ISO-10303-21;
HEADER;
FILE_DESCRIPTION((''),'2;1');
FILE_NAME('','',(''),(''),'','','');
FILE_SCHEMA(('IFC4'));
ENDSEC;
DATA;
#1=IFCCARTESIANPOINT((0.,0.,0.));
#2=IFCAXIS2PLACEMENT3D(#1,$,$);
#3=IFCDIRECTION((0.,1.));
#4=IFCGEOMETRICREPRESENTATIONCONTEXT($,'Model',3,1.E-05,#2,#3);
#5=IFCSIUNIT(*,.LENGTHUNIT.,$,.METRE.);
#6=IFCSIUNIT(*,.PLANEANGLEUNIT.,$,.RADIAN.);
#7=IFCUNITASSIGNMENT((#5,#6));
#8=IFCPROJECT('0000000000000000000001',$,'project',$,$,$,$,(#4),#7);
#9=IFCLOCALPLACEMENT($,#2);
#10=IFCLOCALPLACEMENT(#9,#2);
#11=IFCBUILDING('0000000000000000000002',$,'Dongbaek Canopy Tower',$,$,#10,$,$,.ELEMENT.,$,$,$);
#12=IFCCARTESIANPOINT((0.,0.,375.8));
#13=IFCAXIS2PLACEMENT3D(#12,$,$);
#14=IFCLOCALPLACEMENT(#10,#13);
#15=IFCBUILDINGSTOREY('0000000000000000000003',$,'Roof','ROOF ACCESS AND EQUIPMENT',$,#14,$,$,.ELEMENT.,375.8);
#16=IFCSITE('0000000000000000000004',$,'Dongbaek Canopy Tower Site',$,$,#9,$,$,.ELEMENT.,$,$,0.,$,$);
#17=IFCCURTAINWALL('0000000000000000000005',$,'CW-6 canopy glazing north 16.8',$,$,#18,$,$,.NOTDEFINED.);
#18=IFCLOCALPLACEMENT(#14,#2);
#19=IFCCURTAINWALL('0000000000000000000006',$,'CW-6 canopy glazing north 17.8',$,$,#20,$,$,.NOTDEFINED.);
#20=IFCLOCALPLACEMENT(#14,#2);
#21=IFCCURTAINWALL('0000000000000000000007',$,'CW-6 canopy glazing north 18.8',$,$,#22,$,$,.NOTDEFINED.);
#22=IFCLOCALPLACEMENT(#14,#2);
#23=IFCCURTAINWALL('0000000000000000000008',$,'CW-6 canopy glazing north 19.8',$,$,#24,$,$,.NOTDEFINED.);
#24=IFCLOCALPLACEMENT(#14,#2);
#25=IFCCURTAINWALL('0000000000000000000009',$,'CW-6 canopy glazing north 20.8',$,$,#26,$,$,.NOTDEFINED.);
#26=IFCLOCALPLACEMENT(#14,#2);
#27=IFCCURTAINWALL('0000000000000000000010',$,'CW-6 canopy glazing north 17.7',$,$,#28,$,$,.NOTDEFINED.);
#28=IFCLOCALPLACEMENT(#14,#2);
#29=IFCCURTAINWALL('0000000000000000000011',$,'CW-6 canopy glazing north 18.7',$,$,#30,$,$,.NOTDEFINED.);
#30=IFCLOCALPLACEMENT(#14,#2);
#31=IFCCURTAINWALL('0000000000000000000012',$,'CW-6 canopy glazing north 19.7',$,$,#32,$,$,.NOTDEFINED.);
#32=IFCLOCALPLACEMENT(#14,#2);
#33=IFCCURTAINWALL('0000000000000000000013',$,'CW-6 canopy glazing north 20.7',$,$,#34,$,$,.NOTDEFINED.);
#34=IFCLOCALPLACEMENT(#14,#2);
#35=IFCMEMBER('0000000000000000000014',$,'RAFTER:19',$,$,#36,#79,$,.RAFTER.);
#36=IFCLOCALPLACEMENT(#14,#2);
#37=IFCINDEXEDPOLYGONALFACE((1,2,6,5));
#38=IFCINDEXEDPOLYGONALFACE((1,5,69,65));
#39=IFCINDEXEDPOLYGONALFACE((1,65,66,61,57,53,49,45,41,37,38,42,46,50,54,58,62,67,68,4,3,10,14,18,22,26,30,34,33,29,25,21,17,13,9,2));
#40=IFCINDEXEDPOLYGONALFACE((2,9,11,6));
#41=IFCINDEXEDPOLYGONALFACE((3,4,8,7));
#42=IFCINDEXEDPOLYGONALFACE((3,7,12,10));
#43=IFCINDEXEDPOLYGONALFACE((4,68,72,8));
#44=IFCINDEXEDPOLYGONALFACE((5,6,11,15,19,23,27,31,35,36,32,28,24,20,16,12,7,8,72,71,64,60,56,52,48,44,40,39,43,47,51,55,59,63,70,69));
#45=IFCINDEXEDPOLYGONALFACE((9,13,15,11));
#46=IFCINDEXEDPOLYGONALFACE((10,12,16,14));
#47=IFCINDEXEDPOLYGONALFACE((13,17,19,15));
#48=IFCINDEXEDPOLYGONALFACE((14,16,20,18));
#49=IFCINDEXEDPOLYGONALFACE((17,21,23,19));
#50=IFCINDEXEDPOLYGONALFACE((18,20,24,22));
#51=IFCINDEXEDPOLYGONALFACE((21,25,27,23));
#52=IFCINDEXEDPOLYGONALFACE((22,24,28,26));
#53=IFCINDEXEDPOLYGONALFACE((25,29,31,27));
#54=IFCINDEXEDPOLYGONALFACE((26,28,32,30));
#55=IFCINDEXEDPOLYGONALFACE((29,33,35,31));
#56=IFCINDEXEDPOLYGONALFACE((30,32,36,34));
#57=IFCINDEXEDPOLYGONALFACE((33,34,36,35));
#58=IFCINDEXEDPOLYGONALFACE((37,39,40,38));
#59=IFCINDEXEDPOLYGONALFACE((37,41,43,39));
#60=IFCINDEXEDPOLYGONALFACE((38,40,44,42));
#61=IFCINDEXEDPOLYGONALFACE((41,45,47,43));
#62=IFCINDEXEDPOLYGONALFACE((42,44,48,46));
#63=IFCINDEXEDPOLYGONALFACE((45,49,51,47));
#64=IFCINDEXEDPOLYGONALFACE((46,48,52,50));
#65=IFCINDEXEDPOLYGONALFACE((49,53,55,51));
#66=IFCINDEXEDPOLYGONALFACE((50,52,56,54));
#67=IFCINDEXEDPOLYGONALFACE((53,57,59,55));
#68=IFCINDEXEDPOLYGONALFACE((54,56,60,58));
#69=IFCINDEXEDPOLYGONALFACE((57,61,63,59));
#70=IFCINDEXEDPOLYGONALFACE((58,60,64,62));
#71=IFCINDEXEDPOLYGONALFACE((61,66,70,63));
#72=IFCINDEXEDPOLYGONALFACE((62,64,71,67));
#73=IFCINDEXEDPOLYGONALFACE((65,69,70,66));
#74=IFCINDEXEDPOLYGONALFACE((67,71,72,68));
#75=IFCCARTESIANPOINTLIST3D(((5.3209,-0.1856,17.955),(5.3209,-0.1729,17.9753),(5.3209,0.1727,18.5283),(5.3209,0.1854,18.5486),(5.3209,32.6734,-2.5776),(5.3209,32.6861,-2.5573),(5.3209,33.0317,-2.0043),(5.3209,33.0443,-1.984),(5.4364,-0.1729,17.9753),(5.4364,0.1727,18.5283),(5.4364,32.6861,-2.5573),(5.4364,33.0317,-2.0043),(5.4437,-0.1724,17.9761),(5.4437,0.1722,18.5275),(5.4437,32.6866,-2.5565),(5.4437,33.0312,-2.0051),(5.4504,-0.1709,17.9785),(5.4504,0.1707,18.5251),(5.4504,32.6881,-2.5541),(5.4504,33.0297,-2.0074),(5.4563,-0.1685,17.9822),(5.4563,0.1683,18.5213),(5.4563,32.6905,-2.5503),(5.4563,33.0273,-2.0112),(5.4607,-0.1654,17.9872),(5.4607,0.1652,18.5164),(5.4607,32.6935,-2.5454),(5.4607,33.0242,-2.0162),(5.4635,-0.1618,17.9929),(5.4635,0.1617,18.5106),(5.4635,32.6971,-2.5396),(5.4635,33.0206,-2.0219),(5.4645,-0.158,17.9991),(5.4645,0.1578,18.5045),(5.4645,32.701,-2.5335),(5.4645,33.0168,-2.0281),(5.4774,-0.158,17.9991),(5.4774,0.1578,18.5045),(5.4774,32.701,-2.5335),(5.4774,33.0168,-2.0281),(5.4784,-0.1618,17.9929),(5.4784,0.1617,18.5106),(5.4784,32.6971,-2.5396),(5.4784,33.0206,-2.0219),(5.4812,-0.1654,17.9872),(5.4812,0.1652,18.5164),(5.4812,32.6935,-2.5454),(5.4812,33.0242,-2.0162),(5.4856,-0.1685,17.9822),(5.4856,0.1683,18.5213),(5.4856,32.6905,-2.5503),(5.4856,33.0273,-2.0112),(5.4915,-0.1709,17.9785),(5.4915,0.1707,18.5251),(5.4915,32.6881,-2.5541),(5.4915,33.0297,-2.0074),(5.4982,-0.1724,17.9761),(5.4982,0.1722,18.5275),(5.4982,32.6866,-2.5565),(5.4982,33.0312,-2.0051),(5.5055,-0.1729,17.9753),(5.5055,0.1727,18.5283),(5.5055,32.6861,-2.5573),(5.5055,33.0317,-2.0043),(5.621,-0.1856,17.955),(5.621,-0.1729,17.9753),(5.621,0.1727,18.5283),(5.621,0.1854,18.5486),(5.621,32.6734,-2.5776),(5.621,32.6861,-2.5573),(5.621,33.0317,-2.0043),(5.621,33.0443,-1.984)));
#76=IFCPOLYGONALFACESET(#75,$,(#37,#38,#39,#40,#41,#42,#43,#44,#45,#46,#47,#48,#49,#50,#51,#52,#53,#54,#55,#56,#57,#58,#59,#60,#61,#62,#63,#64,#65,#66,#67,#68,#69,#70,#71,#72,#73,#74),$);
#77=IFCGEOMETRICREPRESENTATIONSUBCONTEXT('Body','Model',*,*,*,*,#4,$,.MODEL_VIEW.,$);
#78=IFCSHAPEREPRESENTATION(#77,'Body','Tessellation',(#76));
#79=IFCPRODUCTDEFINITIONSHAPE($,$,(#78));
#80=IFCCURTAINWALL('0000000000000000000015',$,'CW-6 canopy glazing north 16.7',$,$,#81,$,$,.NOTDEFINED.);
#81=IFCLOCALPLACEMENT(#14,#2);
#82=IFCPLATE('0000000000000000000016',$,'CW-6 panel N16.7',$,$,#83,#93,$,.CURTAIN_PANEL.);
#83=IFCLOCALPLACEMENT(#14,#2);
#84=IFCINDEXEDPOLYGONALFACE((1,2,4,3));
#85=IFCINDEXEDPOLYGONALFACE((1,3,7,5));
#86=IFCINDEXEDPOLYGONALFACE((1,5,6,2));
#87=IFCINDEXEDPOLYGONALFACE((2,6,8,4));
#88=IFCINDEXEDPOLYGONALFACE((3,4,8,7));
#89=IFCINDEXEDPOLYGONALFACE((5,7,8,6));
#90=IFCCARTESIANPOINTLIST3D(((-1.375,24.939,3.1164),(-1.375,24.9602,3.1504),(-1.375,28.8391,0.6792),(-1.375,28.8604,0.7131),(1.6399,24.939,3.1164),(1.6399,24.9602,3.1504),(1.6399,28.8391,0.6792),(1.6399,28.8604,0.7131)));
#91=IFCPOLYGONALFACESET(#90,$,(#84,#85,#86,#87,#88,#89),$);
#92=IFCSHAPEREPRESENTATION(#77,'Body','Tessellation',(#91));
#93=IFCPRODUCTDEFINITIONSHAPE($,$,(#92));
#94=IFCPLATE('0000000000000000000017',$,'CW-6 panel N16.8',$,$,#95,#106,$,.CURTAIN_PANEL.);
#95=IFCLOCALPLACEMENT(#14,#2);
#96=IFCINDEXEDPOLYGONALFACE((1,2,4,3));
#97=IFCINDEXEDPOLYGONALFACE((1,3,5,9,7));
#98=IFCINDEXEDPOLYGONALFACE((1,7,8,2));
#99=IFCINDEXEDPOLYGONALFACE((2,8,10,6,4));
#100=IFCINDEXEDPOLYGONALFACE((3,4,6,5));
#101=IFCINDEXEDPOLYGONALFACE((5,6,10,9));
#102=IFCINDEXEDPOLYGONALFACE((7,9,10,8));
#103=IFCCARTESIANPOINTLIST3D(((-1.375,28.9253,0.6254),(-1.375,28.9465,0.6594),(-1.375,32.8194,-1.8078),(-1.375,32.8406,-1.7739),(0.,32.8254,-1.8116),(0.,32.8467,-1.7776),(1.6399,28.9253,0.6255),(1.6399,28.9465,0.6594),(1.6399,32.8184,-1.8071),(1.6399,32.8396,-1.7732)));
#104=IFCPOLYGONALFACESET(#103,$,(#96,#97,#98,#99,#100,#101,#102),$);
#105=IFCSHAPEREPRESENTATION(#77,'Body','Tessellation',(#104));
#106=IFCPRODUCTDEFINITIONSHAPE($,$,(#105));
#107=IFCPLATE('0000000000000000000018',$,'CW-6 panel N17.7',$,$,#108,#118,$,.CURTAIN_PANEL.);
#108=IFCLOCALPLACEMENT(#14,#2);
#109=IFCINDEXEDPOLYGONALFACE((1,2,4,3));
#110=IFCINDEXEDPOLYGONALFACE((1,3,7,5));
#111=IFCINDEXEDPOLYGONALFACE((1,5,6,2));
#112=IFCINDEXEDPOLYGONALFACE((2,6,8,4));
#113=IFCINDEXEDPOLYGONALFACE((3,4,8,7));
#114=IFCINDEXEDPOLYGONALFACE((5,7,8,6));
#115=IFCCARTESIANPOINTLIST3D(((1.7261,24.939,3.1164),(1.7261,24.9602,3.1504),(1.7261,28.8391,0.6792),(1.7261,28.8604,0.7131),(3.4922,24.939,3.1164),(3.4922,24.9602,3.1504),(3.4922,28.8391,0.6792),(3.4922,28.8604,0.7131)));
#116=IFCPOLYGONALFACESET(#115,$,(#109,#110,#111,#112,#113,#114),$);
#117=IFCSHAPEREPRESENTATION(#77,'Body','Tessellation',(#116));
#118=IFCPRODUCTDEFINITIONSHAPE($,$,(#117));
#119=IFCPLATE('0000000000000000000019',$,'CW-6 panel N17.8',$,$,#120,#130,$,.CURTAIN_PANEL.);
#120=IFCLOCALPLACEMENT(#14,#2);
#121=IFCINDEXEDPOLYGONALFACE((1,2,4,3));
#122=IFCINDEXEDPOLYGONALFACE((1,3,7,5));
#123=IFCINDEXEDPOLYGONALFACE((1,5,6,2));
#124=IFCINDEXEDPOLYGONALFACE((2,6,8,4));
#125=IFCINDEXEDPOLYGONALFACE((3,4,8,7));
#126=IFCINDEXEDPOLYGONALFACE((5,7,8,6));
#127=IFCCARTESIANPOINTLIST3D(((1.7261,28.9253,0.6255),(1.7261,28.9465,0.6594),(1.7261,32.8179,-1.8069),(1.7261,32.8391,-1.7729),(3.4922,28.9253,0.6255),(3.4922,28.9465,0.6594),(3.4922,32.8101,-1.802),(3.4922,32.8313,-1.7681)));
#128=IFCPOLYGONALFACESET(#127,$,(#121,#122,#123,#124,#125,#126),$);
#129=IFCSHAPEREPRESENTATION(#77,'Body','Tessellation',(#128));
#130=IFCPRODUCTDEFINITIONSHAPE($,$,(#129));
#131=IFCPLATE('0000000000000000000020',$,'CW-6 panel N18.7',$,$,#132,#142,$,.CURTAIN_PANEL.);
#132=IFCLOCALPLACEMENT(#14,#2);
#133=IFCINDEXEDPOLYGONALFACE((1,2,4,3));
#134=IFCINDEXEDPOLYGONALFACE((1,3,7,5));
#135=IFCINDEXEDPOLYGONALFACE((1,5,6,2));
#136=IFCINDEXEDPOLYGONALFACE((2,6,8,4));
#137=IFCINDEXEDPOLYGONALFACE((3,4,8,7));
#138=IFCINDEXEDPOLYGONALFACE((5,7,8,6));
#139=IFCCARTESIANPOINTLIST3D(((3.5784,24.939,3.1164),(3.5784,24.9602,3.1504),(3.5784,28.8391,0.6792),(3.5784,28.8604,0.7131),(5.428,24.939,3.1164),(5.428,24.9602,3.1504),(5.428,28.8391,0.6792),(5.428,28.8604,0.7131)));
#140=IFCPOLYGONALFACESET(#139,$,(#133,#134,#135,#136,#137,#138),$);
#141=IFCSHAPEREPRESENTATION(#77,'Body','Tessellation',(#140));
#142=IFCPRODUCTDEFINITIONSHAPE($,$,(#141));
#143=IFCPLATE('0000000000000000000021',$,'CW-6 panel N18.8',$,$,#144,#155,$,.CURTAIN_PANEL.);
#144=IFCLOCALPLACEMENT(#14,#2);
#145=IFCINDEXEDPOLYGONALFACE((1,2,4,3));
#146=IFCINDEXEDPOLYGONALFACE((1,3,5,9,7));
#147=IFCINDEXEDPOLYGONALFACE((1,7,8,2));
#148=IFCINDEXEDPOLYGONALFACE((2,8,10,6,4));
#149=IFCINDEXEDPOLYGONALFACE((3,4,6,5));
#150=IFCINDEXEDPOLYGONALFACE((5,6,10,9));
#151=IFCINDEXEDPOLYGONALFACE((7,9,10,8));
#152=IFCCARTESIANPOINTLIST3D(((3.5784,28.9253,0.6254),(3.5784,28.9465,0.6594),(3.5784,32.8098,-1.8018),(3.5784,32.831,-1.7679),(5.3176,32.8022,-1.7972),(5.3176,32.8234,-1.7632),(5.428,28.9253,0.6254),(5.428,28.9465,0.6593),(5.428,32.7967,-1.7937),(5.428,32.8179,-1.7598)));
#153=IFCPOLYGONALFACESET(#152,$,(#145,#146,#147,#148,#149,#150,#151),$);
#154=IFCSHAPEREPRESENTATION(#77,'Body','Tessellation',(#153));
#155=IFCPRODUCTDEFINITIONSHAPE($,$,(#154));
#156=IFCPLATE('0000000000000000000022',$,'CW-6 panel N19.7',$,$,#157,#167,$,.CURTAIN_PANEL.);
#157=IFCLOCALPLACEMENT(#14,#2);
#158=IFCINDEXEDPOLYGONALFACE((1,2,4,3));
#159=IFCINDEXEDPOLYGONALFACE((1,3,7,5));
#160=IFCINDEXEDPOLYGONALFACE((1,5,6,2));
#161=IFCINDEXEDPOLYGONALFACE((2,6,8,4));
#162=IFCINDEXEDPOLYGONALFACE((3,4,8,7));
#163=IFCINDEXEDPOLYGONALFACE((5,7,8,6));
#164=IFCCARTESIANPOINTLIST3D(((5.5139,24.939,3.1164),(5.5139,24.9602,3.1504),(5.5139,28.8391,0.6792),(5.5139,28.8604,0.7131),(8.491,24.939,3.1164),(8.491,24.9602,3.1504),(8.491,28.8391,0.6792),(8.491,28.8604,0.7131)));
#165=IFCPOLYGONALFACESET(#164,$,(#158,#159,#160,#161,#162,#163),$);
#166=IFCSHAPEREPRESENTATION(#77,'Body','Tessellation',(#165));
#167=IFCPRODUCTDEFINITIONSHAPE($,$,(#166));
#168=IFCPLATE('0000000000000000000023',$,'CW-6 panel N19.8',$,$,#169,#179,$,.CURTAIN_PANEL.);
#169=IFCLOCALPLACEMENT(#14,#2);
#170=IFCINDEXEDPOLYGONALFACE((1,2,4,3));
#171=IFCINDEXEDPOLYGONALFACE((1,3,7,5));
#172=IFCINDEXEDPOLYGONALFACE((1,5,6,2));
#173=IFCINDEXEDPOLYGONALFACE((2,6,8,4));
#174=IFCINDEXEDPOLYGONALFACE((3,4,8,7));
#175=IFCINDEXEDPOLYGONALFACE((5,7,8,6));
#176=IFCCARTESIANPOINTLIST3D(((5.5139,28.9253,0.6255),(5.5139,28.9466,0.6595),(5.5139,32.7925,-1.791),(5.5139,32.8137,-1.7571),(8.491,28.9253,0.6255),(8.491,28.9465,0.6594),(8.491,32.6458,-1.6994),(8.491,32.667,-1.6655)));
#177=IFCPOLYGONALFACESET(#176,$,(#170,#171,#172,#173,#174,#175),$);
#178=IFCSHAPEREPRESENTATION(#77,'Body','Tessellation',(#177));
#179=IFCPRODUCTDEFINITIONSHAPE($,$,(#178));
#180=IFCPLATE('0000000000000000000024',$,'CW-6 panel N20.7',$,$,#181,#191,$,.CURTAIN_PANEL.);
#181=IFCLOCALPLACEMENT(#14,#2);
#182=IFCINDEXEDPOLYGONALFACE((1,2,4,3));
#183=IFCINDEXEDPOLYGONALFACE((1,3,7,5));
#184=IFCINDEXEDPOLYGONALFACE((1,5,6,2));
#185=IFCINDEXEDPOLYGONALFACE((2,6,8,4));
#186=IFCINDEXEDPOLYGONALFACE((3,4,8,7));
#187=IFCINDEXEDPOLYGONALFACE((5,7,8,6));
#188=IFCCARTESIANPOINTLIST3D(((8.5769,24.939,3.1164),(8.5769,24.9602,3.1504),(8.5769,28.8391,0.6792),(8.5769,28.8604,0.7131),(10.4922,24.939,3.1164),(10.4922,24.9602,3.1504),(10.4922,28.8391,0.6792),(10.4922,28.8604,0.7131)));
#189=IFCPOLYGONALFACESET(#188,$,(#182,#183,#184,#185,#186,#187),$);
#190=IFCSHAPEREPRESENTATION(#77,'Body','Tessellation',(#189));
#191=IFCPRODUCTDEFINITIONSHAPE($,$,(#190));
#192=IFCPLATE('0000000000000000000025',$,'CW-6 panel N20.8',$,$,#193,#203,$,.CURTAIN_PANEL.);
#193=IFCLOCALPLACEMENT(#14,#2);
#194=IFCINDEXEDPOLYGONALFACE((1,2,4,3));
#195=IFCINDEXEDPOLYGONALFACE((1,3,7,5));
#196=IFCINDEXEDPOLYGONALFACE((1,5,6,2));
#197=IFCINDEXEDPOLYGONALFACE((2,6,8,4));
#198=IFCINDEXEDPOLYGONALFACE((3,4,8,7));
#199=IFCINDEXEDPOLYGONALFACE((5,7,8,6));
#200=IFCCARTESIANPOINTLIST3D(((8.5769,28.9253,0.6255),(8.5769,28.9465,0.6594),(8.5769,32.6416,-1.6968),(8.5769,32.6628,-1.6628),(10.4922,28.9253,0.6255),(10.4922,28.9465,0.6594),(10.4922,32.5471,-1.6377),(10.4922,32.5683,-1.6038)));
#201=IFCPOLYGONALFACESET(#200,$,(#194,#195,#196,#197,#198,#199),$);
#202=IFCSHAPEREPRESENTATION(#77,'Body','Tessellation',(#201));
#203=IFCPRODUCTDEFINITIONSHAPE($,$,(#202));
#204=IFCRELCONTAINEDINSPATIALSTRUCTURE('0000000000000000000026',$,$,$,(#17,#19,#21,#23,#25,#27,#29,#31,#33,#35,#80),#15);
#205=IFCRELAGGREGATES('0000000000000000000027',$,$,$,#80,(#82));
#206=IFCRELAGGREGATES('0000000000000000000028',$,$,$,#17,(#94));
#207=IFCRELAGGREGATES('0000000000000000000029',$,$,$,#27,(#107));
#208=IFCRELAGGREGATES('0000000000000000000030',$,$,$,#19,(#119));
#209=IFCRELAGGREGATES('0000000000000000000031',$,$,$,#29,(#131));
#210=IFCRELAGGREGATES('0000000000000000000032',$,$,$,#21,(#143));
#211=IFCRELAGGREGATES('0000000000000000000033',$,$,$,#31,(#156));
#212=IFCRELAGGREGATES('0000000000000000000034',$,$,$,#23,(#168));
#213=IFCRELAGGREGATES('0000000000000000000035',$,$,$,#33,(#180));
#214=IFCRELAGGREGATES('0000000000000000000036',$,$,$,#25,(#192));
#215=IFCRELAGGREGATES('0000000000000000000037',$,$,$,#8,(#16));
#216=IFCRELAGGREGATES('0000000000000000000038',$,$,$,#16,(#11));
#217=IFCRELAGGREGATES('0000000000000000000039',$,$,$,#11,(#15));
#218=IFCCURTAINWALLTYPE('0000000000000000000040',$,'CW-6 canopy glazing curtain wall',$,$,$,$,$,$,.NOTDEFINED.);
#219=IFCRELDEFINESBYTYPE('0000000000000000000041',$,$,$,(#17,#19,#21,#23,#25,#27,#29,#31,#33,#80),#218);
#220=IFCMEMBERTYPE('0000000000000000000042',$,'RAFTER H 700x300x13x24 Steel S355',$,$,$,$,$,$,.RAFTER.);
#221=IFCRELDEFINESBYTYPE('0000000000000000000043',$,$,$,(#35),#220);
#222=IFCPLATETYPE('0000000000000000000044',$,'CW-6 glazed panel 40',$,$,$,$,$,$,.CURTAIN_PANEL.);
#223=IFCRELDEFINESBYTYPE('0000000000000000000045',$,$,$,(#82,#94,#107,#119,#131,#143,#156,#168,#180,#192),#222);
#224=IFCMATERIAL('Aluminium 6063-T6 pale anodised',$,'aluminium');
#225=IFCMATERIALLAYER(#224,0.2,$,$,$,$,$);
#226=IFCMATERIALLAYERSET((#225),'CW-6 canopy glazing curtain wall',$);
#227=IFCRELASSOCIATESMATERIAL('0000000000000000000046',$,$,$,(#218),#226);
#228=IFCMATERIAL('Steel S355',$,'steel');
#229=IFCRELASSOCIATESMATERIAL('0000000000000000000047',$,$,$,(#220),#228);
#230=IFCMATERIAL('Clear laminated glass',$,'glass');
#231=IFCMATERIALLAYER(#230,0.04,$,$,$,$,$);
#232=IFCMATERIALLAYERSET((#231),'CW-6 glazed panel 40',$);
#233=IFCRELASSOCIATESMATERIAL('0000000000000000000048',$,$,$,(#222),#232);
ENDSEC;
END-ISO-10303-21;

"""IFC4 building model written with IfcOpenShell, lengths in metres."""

from ifc_helpers import new_model, si_unit, direction, frame, origin, origin_2d, place, context, subcontext, project, spatial, polyline, i_section, outline, extrude, material, layer, layer_set, material_profile, profile_set, type_object, element, aggregate, save


model = new_model("IFC4")

# Units and contexts
model_context = context("Model", 3, precision=1e-05, world=origin(), true_north=direction((0.0, 1.0)))
body_context = subcontext(model_context, "Body", "Model", "MODEL_VIEW")
ifc_project = project(units=[si_unit("LENGTHUNIT", "METRE"), si_unit("PLANEANGLEUNIT", "RADIAN")], contexts=[model_context])

# Site, building, storey
site_placement = place(None, origin())
site = spatial("IfcSite", under=ifc_project, at=site_placement, Name="Dongbaek Canopy Tower Site", CompositionType="ELEMENT", RefElevation=0.0)
building_placement = place(site_placement, origin())
building = spatial("IfcBuilding", under=site, at=building_placement, Name="Dongbaek Canopy Tower", CompositionType="ELEMENT")
storey_placement = place(building_placement, frame((0.0, 0.0, 375.8)))
storey = spatial("IfcBuildingStorey", under=building, at=storey_placement, Name="Roof", Description="ROOF ACCESS AND EQUIPMENT", CompositionType="ELEMENT", Elevation=375.8)

# Curtain walls
ifc_material_1 = material(Name="Aluminium 6063-T6 pale anodised", Category="aluminium")
ifc_layer_1 = layer(ifc_material_1, 0.2)
ifc_layer_set_1 = layer_set([ifc_layer_1], Name="CW-6 canopy glazing curtain wall")
curtain_wall_type = type_object("IfcCurtainWallType", Name="CW-6 canopy glazing curtain wall", PredefinedType="NOTDEFINED", material=ifc_layer_set_1)
curtain_wall_1_placement = place(storey_placement, origin())
curtain_wall_1 = element("IfcCurtainWall", 1, at=curtain_wall_1_placement, inside=storey, type_object=curtain_wall_type, Name="CW-6 canopy glazing north 16.8", PredefinedType="NOTDEFINED")
curtain_wall_2_placement = place(storey_placement, origin())
curtain_wall_2 = element("IfcCurtainWall", 2, at=curtain_wall_2_placement, inside=storey, type_object=curtain_wall_type, Name="CW-6 canopy glazing north 17.8", PredefinedType="NOTDEFINED")
curtain_wall_3_placement = place(storey_placement, origin())
curtain_wall_3 = element("IfcCurtainWall", 3, at=curtain_wall_3_placement, inside=storey, type_object=curtain_wall_type, Name="CW-6 canopy glazing north 18.8", PredefinedType="NOTDEFINED")
curtain_wall_4_placement = place(storey_placement, origin())
curtain_wall_4 = element("IfcCurtainWall", 4, at=curtain_wall_4_placement, inside=storey, type_object=curtain_wall_type, Name="CW-6 canopy glazing north 19.8", PredefinedType="NOTDEFINED")
curtain_wall_5_placement = place(storey_placement, origin())
curtain_wall_5 = element("IfcCurtainWall", 5, at=curtain_wall_5_placement, inside=storey, type_object=curtain_wall_type, Name="CW-6 canopy glazing north 20.8", PredefinedType="NOTDEFINED")
curtain_wall_6_placement = place(storey_placement, origin())
curtain_wall_6 = element("IfcCurtainWall", 6, at=curtain_wall_6_placement, inside=storey, type_object=curtain_wall_type, Name="CW-6 canopy glazing north 17.7", PredefinedType="NOTDEFINED")
curtain_wall_7_placement = place(storey_placement, origin())
curtain_wall_7 = element("IfcCurtainWall", 7, at=curtain_wall_7_placement, inside=storey, type_object=curtain_wall_type, Name="CW-6 canopy glazing north 18.7", PredefinedType="NOTDEFINED")
curtain_wall_8_placement = place(storey_placement, origin())
curtain_wall_8 = element("IfcCurtainWall", 8, at=curtain_wall_8_placement, inside=storey, type_object=curtain_wall_type, Name="CW-6 canopy glazing north 19.7", PredefinedType="NOTDEFINED")
curtain_wall_9_placement = place(storey_placement, origin())
curtain_wall_9 = element("IfcCurtainWall", 9, at=curtain_wall_9_placement, inside=storey, type_object=curtain_wall_type, Name="CW-6 canopy glazing north 20.7", PredefinedType="NOTDEFINED")

# Member
ifc_material_2 = material(Name="Steel S355", Category="steel")
ifc_material_profile_1 = material_profile(ifc_material_2, i_section(OverallWidth=0.3, OverallDepth=0.7, WebThickness=0.0129, FlangeThickness=0.0239, FilletRadius=0.0281, at=origin_2d()), Name="RAFTER H 700x300x13x24 Steel S355")
ifc_profile_set_1 = profile_set([ifc_material_profile_1], Name="Steel S355")
member_type_1 = type_object("IfcMemberType", Name="RAFTER H 700x300x13x24 Steel S355", PredefinedType="RAFTER", material=ifc_profile_set_1)
member_1_placement = place(storey_placement, frame((5.4709, 32.8589, -2.2808), z_axis=(0.0, -0.848049, 0.529919), x_axis=(1.0, 0.0, 0.0)))
element("IfcMember", 10, at=member_1_placement, inside=storey, type_object=member_type_1, Name="RAFTER:19", PredefinedType="RAFTER", context=body_context, shape_type="SweptSolid", body=[
    extrude(i_section(OverallWidth=0.3, OverallDepth=0.7, WebThickness=0.0129, FlangeThickness=0.0239, FilletRadius=0.0281, at=origin_2d()), origin(), (0.0, 0.0, 1.0), 38.7466),
])

# Curtain wall, plate
curtain_wall_10_placement = place(storey_placement, origin())
curtain_wall_10 = element("IfcCurtainWall", 11, at=curtain_wall_10_placement, inside=storey, type_object=curtain_wall_type, Name="CW-6 canopy glazing north 16.7", PredefinedType="NOTDEFINED")
ifc_material_3 = material(Name="Clear laminated glass", Category="glass")
ifc_layer_2 = layer(ifc_material_3, 0.04)
ifc_layer_set_2 = layer_set([ifc_layer_2], Name="CW-6 glazed panel 40")
plate_type = type_object("IfcPlateType", Name="CW-6 glazed panel 40", PredefinedType="CURTAIN_PANEL", material=ifc_layer_set_2)
plate_1_placement = place(storey_placement, frame((1.6399, 24.9602, 3.1504), z_axis=(0.0, 0.529946, 0.848031), x_axis=(-1.0, 0.0, 0.0)))
plate_1 = element("IfcPlate", 12, at=plate_1_placement, type_object=plate_type, Name="CW-6 panel N16.7", PredefinedType="CURTAIN_PANEL", context=body_context, shape_type="SweptSolid", body=[
    extrude(outline(polyline([(0.0, 0.0), (3.0149, 0.0), (3.0149, -4.5991), (0.0, -4.5991), (0.0, 0.0)])), origin(), (0.0, 0.0, -1.0), 0.04),
])
aggregate(curtain_wall_10, [plate_1])

# Plates
plate_2_placement = place(storey_placement, frame((1.6399, 32.8396, -1.7732), z_axis=(-0.000017, 0.529915, 0.848051), x_axis=(0.0, -0.848051, 0.529915)))
plate_2 = element("IfcPlate", 13, at=plate_2_placement, type_object=plate_type, Name="CW-6 panel N16.8", PredefinedType="CURTAIN_PANEL", context=body_context, shape_type="SweptSolid", body=[
    extrude(outline(polyline([(0.0, 0.0), (4.5906, 0.0), (4.5906, -3.0149), (-0.0012, -3.0149), (-0.0083, -1.6399), (0.0, 0.0)])), origin(), (0.0, 0.0, -1.0), 0.04),
])
aggregate(curtain_wall_1, [plate_2])
plate_3_placement = place(storey_placement, frame((3.4922, 24.9602, 3.1504), z_axis=(0.0, 0.529946, 0.848031), x_axis=(-1.0, 0.0, 0.0)))
plate_3 = element("IfcPlate", 14, at=plate_3_placement, type_object=plate_type, Name="CW-6 panel N17.7", PredefinedType="CURTAIN_PANEL", context=body_context, shape_type="SweptSolid", body=[
    extrude(outline(polyline([(0.0, 0.0), (1.7661, 0.0), (1.7661, -4.5991), (0.0, -4.5991), (0.0, 0.0)])), origin(), (0.0, 0.0, -1.0), 0.04),
])
aggregate(curtain_wall_6, [plate_3])
plate_4_placement = place(storey_placement, frame((3.4922, 28.9465, 0.6594), z_axis=(0.0, 0.529922, 0.848046), x_axis=(-1.0, 0.0, 0.0)))
plate_4 = element("IfcPlate", 15, at=plate_4_placement, type_object=plate_type, Name="CW-6 panel N17.8", PredefinedType="CURTAIN_PANEL", context=body_context, shape_type="SweptSolid", body=[
    extrude(outline(polyline([(0.0, 0.0), (1.7661, 0.0), (1.7661, -4.5901), (0.0, -4.5808), (0.0, 0.0)])), origin(), (0.0, 0.0, -1.0), 0.04),
])
aggregate(curtain_wall_2, [plate_4])
plate_5_placement = place(storey_placement, frame((5.428, 24.9602, 3.1504), z_axis=(0.0, 0.529946, 0.848031), x_axis=(-1.0, 0.0, 0.0)))
plate_5 = element("IfcPlate", 16, at=plate_5_placement, type_object=plate_type, Name="CW-6 panel N18.7", PredefinedType="CURTAIN_PANEL", context=body_context, shape_type="SweptSolid", body=[
    extrude(outline(polyline([(0.0, 0.0), (1.8496, 0.0), (1.8496, -4.5991), (0.0, -4.5991), (0.0, 0.0)])), origin(), (0.0, 0.0, -1.0), 0.04),
])
aggregate(curtain_wall_7, [plate_5])
plate_6_placement = place(storey_placement, frame((5.428, 32.8179, -1.7598), z_axis=(0.000042, 0.529916, 0.84805), x_axis=(0.0, -0.84805, 0.529916)))
plate_6 = element("IfcPlate", 17, at=plate_6_placement, type_object=plate_type, Name="CW-6 panel N18.8", PredefinedType="CURTAIN_PANEL", context=body_context, shape_type="SweptSolid", body=[
    extrude(outline(polyline([(0.0, 0.0), (4.5651, 0.0), (4.5651, -1.8496), (-0.0154, -1.8496), (-0.0066, -0.1104), (0.0, 0.0)])), origin(), (0.0, 0.0, -1.0), 0.04),
])
aggregate(curtain_wall_3, [plate_6])
plate_7_placement = place(storey_placement, frame((8.491, 24.9602, 3.1504), z_axis=(0.0, 0.529946, 0.848031), x_axis=(-1.0, 0.0, 0.0)))
plate_7 = element("IfcPlate", 18, at=plate_7_placement, type_object=plate_type, Name="CW-6 panel N19.7", PredefinedType="CURTAIN_PANEL", context=body_context, shape_type="SweptSolid", body=[
    extrude(outline(polyline([(0.0, 0.0), (2.9771, 0.0), (2.9771, -4.5991), (0.0, -4.5991), (0.0, 0.0)])), origin(), (0.0, 0.0, -1.0), 0.04),
])
aggregate(curtain_wall_8, [plate_7])
plate_8_placement = place(storey_placement, frame((8.491, 28.9465, 0.6594), z_axis=(0.000019, 0.529933, 0.84804), x_axis=(-1.0, 0.00001, 0.000017)))
plate_8 = element("IfcPlate", 19, at=plate_8_placement, type_object=plate_type, Name="CW-6 panel N19.8", PredefinedType="CURTAIN_PANEL", context=body_context, shape_type="SweptSolid", body=[
    extrude(outline(polyline([(0.0, 0.0), (2.9771, 0.0), (2.9771, -4.5601), (0.0, -4.3872), (0.0, 0.0)])), origin(), (0.0, 0.0, -1.0), 0.04),
])
aggregate(curtain_wall_4, [plate_8])
plate_9_placement = place(storey_placement, frame((10.4922, 24.9602, 3.1504), z_axis=(0.0, 0.529946, 0.848031), x_axis=(-1.0, 0.0, 0.0)))
plate_9 = element("IfcPlate", 20, at=plate_9_placement, type_object=plate_type, Name="CW-6 panel N20.7", PredefinedType="CURTAIN_PANEL", context=body_context, shape_type="SweptSolid", body=[
    extrude(outline(polyline([(0.0, 0.0), (1.9153, 0.0), (1.9153, -4.5991), (0.0, -4.5991), (0.0, 0.0)])), origin(), (0.0, 0.0, -1.0), 0.04),
])
aggregate(curtain_wall_9, [plate_9])
plate_10_placement = place(storey_placement, frame((10.4922, 28.9465, 0.6594), z_axis=(-0.000009, 0.529925, 0.848044), x_axis=(-1.0, -0.000005, -0.000008)))
plate_10 = element("IfcPlate", 21, at=plate_10_placement, type_object=plate_type, Name="CW-6 panel N20.8", PredefinedType="CURTAIN_PANEL", context=body_context, shape_type="SweptSolid", body=[
    extrude(outline(polyline([(0.0, 0.0), (1.9153, 0.0), (1.9153, -4.3822), (0.0, -4.2708), (0.0, 0.0)])), origin(), (0.0, 0.0, -1.0), 0.04),
])
aggregate(curtain_wall_5, [plate_10])

save(model, "model.ifc")
